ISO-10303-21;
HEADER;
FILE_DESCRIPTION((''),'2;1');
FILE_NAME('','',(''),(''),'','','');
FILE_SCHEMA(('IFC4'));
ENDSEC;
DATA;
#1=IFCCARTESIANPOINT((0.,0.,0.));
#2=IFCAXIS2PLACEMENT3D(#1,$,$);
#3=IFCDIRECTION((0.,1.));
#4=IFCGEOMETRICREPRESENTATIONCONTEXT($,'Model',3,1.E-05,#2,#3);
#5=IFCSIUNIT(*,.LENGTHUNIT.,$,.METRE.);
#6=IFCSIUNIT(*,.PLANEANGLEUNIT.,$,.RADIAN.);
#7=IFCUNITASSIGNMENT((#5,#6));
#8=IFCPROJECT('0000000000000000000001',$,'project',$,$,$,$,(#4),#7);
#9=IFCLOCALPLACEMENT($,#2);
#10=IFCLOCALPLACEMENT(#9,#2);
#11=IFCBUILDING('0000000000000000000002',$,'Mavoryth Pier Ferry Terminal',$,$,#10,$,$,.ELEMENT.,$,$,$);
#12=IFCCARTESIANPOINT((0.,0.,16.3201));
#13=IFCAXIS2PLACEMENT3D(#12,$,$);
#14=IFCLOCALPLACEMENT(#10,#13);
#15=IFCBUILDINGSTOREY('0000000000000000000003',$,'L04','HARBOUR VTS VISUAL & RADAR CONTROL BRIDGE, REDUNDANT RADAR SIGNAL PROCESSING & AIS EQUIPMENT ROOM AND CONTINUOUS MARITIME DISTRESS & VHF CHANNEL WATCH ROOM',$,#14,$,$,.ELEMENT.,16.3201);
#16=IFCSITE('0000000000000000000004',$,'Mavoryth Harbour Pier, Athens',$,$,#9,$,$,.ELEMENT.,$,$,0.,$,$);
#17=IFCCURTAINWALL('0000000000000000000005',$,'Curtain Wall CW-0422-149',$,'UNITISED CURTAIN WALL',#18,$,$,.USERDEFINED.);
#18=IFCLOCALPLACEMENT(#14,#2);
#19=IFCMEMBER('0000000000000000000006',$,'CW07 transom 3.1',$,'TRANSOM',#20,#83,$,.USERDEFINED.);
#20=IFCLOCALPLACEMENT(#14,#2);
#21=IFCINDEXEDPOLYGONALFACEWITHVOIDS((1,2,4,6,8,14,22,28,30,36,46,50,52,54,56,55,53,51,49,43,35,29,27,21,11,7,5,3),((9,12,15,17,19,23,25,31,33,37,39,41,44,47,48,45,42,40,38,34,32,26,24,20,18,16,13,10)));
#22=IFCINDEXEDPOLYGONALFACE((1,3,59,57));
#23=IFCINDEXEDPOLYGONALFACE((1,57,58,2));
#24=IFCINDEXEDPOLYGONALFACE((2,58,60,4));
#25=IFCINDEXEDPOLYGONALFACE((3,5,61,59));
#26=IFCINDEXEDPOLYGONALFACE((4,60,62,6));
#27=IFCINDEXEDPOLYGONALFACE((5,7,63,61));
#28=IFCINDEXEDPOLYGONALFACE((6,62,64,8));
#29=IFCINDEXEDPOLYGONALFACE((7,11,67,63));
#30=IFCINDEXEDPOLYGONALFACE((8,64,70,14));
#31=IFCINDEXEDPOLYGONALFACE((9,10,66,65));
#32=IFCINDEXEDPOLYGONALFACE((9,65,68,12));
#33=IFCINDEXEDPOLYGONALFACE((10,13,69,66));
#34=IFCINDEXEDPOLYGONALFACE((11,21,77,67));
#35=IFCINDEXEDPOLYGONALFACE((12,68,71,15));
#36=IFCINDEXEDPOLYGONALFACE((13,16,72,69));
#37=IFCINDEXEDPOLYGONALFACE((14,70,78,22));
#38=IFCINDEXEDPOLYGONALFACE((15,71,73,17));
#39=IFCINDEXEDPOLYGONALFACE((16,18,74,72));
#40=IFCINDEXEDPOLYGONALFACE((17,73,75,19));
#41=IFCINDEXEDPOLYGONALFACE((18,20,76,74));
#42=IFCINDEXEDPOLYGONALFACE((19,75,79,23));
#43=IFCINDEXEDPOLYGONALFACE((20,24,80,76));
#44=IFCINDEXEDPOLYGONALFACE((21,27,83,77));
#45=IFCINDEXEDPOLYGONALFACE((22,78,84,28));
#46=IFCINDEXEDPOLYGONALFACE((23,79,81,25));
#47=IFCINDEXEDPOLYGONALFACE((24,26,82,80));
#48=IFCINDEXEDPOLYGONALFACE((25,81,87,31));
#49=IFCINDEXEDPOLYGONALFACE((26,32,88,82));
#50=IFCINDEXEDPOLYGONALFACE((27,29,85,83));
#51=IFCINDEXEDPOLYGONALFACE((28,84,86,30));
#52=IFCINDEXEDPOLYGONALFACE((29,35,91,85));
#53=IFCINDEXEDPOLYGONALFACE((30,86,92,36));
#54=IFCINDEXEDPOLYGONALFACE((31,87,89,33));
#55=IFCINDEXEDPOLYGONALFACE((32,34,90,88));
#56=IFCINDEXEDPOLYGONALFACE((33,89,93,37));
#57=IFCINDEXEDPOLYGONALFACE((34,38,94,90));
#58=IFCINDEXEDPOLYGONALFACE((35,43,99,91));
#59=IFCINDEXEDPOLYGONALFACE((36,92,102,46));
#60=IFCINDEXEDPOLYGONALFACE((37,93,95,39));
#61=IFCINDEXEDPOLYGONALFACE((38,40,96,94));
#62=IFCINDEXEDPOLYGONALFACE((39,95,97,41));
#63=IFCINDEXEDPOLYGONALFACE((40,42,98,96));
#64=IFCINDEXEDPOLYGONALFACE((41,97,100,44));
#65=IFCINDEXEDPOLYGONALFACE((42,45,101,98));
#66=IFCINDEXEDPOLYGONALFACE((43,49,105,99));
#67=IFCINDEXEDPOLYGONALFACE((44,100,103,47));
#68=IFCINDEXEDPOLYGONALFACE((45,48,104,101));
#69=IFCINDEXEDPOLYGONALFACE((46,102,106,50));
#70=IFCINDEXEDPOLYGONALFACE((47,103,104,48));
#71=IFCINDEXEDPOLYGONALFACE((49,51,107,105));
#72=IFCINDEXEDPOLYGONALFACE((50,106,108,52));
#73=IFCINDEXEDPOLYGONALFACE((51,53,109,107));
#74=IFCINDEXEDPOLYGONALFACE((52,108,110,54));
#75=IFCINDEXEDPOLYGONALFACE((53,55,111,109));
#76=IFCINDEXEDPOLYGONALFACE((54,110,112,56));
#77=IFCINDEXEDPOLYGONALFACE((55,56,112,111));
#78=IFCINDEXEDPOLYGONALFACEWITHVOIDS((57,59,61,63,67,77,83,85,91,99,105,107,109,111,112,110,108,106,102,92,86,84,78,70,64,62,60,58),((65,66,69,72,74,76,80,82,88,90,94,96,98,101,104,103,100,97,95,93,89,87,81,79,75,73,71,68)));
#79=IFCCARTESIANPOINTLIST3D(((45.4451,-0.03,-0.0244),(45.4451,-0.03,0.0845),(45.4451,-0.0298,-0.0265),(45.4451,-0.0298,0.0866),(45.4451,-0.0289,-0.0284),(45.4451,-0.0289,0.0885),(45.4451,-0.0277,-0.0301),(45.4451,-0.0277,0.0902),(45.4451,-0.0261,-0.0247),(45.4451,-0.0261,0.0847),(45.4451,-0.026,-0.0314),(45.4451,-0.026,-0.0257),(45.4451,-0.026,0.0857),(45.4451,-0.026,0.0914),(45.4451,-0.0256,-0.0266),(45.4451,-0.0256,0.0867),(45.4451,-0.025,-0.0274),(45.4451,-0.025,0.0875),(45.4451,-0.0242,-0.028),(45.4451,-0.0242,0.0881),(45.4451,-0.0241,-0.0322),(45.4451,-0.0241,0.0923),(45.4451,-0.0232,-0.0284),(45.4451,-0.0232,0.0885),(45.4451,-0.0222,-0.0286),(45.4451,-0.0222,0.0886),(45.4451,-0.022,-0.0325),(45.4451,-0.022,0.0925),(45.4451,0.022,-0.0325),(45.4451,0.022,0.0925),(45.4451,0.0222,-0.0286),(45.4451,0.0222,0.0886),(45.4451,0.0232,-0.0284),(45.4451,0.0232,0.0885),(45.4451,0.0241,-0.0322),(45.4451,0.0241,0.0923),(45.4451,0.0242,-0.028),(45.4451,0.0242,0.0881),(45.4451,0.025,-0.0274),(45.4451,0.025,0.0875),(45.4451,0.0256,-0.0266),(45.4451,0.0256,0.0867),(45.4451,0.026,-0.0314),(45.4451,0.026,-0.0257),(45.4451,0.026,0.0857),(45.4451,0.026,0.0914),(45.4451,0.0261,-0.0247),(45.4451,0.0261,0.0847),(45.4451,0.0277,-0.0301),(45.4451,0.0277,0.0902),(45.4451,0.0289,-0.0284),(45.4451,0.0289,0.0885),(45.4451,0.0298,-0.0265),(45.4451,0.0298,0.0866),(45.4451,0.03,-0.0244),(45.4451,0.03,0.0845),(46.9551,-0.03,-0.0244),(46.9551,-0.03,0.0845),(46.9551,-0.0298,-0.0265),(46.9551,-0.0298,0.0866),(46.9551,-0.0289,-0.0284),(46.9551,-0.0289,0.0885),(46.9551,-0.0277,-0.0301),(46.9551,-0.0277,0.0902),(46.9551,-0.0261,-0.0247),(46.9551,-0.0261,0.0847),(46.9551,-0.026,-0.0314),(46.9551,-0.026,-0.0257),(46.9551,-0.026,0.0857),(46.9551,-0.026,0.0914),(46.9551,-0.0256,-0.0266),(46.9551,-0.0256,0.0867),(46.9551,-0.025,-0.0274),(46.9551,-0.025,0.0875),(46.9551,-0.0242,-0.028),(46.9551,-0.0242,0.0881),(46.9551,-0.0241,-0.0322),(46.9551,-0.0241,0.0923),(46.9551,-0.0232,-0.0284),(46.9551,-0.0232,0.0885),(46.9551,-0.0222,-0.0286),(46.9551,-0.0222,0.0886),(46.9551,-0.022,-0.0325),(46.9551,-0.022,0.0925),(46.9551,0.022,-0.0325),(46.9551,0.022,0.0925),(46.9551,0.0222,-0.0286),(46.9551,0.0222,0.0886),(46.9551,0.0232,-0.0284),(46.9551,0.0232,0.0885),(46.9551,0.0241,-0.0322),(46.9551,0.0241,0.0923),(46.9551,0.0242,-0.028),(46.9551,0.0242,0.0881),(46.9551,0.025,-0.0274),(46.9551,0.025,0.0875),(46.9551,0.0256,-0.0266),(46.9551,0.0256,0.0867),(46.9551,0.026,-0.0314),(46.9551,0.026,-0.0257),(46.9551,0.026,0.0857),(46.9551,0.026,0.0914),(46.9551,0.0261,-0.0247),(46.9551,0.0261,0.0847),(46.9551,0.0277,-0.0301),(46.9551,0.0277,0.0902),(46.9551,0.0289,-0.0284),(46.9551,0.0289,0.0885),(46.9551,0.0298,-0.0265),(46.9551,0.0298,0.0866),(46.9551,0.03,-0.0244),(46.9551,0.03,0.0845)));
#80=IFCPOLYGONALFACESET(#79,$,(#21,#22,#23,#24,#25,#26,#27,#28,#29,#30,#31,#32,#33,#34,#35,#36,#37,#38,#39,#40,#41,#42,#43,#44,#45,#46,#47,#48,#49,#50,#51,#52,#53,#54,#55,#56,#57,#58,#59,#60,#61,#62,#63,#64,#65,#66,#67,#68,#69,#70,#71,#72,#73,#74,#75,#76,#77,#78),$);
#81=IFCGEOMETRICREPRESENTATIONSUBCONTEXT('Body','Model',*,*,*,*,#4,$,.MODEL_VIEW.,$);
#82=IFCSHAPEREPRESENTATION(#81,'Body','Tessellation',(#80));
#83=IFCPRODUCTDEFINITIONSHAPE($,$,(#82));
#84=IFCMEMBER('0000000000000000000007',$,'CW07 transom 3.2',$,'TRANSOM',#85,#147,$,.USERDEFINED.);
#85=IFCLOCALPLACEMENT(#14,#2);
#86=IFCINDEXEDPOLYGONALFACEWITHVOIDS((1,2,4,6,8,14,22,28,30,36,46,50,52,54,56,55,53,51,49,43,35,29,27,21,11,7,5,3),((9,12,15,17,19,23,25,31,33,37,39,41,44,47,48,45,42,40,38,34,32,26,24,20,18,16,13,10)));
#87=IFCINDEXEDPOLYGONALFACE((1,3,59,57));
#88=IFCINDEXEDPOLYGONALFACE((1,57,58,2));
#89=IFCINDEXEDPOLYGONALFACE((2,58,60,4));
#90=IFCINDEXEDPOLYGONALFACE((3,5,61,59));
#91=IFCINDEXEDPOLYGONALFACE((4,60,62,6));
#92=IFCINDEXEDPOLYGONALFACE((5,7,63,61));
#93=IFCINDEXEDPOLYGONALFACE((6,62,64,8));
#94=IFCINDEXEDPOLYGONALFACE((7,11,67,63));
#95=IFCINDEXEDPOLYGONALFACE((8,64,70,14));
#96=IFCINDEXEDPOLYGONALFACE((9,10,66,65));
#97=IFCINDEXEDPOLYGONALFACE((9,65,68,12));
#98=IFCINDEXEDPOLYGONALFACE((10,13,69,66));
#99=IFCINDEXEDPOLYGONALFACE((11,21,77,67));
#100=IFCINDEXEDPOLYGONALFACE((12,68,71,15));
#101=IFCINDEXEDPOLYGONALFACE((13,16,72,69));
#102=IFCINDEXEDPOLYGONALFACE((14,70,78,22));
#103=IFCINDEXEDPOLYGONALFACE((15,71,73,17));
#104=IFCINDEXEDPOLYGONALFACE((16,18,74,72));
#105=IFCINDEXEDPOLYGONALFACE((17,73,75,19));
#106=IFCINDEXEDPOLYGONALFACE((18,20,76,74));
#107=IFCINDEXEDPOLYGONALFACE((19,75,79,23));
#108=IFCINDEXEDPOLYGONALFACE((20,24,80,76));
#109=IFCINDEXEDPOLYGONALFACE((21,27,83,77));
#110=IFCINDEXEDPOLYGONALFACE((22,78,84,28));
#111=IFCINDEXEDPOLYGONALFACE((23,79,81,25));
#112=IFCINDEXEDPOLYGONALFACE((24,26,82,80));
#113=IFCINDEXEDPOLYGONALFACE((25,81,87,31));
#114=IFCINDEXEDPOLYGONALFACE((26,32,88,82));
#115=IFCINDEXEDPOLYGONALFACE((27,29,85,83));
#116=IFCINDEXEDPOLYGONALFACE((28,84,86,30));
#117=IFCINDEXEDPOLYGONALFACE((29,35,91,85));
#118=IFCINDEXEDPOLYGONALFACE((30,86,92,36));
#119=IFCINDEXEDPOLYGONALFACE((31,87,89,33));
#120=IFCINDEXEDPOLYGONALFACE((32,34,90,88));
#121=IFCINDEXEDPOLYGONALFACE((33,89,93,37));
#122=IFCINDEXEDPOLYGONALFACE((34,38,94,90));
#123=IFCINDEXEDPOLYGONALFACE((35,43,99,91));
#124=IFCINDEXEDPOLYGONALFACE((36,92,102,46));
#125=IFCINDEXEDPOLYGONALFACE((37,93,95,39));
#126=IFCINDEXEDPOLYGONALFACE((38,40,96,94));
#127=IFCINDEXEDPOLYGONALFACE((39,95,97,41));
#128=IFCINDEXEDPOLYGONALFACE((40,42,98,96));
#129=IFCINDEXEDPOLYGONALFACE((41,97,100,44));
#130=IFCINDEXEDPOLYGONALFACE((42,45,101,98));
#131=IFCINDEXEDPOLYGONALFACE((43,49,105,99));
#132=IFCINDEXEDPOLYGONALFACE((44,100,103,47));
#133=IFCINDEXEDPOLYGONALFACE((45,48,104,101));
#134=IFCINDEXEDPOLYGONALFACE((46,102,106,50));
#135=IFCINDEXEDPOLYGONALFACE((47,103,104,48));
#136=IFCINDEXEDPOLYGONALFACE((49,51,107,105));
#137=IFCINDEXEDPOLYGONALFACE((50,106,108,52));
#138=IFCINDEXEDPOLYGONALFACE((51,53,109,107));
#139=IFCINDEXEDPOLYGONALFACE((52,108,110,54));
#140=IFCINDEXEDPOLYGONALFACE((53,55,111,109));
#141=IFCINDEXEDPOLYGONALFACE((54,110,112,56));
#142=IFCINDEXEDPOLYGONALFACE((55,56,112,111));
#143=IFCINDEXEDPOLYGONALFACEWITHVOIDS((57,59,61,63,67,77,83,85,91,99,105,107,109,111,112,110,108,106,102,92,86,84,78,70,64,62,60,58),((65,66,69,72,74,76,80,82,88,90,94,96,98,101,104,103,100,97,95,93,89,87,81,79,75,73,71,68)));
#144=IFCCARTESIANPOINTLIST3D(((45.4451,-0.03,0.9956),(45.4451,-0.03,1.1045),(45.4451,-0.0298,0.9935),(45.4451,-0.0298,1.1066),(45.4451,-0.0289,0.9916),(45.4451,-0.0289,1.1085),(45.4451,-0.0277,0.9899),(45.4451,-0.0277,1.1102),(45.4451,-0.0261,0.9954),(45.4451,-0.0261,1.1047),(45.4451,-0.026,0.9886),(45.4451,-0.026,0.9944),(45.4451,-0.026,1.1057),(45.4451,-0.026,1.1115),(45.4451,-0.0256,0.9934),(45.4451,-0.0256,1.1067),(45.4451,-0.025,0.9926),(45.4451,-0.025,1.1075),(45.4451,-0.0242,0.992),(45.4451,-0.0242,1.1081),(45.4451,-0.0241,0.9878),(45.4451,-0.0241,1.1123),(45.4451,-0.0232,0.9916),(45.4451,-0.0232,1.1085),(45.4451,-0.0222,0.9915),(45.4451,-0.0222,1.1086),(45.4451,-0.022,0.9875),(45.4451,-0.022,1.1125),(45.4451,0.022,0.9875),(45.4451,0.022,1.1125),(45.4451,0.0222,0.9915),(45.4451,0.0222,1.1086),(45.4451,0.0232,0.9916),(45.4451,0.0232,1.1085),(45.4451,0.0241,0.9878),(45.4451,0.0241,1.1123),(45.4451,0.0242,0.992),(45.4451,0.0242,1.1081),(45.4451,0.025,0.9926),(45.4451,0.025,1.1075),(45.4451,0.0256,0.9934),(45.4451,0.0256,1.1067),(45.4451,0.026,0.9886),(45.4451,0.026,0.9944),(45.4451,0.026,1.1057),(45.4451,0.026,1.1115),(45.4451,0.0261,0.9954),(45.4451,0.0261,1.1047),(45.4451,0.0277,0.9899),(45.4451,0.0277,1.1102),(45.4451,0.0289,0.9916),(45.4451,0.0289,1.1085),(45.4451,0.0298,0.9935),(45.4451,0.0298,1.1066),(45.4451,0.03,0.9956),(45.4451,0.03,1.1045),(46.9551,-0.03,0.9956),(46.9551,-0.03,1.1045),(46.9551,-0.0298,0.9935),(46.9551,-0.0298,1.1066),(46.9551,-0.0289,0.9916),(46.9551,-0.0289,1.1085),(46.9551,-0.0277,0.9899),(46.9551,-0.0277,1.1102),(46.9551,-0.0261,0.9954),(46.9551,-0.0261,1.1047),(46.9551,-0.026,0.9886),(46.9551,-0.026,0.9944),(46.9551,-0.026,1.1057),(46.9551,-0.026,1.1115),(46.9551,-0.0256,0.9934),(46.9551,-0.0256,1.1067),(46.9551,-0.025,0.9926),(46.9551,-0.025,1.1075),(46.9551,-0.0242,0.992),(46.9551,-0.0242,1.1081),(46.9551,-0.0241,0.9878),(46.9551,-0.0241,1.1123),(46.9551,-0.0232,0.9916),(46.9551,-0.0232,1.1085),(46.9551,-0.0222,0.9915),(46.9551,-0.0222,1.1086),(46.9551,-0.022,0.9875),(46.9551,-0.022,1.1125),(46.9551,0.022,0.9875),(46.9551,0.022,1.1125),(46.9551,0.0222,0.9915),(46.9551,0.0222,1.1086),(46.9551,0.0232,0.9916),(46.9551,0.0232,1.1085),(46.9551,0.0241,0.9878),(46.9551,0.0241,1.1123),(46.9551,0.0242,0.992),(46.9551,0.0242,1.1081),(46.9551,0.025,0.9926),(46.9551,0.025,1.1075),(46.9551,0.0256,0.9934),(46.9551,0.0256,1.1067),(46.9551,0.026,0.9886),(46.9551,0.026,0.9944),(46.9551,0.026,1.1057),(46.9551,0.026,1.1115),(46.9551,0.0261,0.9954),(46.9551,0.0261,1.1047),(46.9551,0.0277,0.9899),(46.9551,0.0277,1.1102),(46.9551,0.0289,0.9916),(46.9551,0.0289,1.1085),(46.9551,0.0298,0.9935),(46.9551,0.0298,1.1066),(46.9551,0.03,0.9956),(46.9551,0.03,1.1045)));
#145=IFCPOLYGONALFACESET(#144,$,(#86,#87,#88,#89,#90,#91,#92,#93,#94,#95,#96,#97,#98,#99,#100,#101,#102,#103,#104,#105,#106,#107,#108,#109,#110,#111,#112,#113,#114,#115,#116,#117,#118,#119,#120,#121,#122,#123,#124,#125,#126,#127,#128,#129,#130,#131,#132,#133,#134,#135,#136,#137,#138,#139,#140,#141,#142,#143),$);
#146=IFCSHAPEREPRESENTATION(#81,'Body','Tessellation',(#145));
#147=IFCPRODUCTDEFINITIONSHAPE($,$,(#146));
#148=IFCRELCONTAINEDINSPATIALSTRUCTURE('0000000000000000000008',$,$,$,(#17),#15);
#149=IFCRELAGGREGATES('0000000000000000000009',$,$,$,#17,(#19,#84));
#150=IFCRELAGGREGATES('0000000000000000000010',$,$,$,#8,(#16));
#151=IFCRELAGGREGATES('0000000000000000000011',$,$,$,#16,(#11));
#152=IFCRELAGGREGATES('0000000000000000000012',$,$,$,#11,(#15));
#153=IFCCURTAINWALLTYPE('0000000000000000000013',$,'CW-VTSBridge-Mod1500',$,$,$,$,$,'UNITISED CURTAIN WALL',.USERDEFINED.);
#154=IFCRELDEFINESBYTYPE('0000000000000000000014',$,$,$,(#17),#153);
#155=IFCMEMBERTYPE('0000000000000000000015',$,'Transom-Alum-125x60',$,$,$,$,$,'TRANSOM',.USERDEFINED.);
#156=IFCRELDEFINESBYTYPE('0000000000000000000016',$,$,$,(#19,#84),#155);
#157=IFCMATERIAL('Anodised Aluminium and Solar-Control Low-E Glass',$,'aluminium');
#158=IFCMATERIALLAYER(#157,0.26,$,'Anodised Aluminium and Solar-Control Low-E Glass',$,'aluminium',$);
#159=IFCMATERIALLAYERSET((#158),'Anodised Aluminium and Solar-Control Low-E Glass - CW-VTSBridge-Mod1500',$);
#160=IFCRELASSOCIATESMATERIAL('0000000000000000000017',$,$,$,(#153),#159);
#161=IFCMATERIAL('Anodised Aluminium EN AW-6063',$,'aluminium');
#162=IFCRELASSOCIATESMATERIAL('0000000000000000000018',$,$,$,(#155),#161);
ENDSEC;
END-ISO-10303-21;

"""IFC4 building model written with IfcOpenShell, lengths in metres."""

from ifc_helpers import new_model, si_unit, direction, frame, origin, origin_2d, place, context, subcontext, project, spatial, hollow_rectangle, extrude, material, layer, layer_set, material_profile, profile_set, type_object, element, aggregate, save


model = new_model("IFC4")

# Units and contexts
model_context = context("Model", 3, precision=1e-05, world=origin(), true_north=direction((0.0, 1.0)))
body_context = subcontext(model_context, "Body", "Model", "MODEL_VIEW")
ifc_project = project(units=[si_unit("LENGTHUNIT", "METRE"), si_unit("PLANEANGLEUNIT", "RADIAN")], contexts=[model_context])

# Site, building, storey
site_placement = place(None, origin())
site = spatial("IfcSite", under=ifc_project, at=site_placement, Name="Mavoryth Harbour Pier, Athens", CompositionType="ELEMENT", RefElevation=0.0)
building_placement = place(site_placement, origin())
building = spatial("IfcBuilding", under=site, at=building_placement, Name="Mavoryth Pier Ferry Terminal", CompositionType="ELEMENT")
storey_placement = place(building_placement, frame((0.0, 0.0, 16.3201)))
storey = spatial("IfcBuildingStorey", under=building, at=storey_placement, Name="L04", Description="HARBOUR VTS VISUAL & RADAR CONTROL BRIDGE, REDUNDANT RADAR SIGNAL PROCESSING & AIS EQUIPMENT ROOM AND CONTINUOUS MARITIME DISTRESS & VHF CHANNEL WATCH ROOM", CompositionType="ELEMENT", Elevation=16.3201)

# Curtain wall
ifc_material_1 = material(Name="Anodised Aluminium and Solar-Control Low-E Glass", Category="aluminium")
ifc_layer_1 = layer(ifc_material_1, 0.26, Name="Anodised Aluminium and Solar-Control Low-E Glass", Category="aluminium")
ifc_layer_set_1 = layer_set([ifc_layer_1], Name="Anodised Aluminium and Solar-Control Low-E Glass - CW-VTSBridge-Mod1500")
curtain_wall_type = type_object("IfcCurtainWallType", Name="CW-VTSBridge-Mod1500", ElementType="UNITISED CURTAIN WALL", PredefinedType="USERDEFINED", material=ifc_layer_set_1)
curtain_wall_placement = place(storey_placement, origin())
curtain_wall = element("IfcCurtainWall", 1, at=curtain_wall_placement, inside=storey, type_object=curtain_wall_type, Name="Curtain Wall CW-0422-149", ObjectType="UNITISED CURTAIN WALL", PredefinedType="USERDEFINED")
ifc_material_2 = material(Name="Anodised Aluminium EN AW-6063", Category="aluminium")

# Members
ifc_material_profile_1 = material_profile(ifc_material_2, hollow_rectangle(XDim=0.0601, YDim=0.125, WallThickness=0.0039, InnerFilletRadius=0.0039, OuterFilletRadius=0.0081, at=origin_2d()), Name="AL-TRAN 125x60x4", Category="aluminium")
ifc_profile_set_1 = profile_set([ifc_material_profile_1], Name="Anodised Aluminium EN AW-6063 - AL-TRAN 125x60x4")
member_type_1 = type_object("IfcMemberType", Name="Transom-Alum-125x60", ElementType="TRANSOM", PredefinedType="USERDEFINED", material=ifc_profile_set_1)
member_1_placement = place(storey_placement, frame((45.4451, 0.0, 0.03), z_axis=(1.0, 0.0, 0.0), x_axis=(0.0, 1.0, 0.0)))
member_1 = element("IfcMember", 2, at=member_1_placement, type_object=member_type_1, Name="CW07 transom 3.1", ObjectType="TRANSOM", PredefinedType="USERDEFINED", context=body_context, shape_type="SweptSolid", body=[
    extrude(hollow_rectangle(XDim=0.0601, YDim=0.125, WallThickness=0.0039, InnerFilletRadius=0.0039, OuterFilletRadius=0.0081, at=origin_2d()), origin(), (0.0, 0.0, 1.0), 1.51),
])
member_2_placement = place(storey_placement, frame((45.4451, 0.0, 1.05), z_axis=(1.0, 0.0, 0.0), x_axis=(0.0, 1.0, 0.0)))
member_2 = element("IfcMember", 3, at=member_2_placement, type_object=member_type_1, Name="CW07 transom 3.2", ObjectType="TRANSOM", PredefinedType="USERDEFINED", context=body_context, shape_type="SweptSolid", body=[
    extrude(hollow_rectangle(XDim=0.0601, YDim=0.125, WallThickness=0.0039, InnerFilletRadius=0.0039, OuterFilletRadius=0.0081, at=origin_2d()), origin(), (0.0, 0.0, 1.0), 1.51),
])

aggregate(curtain_wall, [member_1, member_2])

save(model, "model.ifc")
